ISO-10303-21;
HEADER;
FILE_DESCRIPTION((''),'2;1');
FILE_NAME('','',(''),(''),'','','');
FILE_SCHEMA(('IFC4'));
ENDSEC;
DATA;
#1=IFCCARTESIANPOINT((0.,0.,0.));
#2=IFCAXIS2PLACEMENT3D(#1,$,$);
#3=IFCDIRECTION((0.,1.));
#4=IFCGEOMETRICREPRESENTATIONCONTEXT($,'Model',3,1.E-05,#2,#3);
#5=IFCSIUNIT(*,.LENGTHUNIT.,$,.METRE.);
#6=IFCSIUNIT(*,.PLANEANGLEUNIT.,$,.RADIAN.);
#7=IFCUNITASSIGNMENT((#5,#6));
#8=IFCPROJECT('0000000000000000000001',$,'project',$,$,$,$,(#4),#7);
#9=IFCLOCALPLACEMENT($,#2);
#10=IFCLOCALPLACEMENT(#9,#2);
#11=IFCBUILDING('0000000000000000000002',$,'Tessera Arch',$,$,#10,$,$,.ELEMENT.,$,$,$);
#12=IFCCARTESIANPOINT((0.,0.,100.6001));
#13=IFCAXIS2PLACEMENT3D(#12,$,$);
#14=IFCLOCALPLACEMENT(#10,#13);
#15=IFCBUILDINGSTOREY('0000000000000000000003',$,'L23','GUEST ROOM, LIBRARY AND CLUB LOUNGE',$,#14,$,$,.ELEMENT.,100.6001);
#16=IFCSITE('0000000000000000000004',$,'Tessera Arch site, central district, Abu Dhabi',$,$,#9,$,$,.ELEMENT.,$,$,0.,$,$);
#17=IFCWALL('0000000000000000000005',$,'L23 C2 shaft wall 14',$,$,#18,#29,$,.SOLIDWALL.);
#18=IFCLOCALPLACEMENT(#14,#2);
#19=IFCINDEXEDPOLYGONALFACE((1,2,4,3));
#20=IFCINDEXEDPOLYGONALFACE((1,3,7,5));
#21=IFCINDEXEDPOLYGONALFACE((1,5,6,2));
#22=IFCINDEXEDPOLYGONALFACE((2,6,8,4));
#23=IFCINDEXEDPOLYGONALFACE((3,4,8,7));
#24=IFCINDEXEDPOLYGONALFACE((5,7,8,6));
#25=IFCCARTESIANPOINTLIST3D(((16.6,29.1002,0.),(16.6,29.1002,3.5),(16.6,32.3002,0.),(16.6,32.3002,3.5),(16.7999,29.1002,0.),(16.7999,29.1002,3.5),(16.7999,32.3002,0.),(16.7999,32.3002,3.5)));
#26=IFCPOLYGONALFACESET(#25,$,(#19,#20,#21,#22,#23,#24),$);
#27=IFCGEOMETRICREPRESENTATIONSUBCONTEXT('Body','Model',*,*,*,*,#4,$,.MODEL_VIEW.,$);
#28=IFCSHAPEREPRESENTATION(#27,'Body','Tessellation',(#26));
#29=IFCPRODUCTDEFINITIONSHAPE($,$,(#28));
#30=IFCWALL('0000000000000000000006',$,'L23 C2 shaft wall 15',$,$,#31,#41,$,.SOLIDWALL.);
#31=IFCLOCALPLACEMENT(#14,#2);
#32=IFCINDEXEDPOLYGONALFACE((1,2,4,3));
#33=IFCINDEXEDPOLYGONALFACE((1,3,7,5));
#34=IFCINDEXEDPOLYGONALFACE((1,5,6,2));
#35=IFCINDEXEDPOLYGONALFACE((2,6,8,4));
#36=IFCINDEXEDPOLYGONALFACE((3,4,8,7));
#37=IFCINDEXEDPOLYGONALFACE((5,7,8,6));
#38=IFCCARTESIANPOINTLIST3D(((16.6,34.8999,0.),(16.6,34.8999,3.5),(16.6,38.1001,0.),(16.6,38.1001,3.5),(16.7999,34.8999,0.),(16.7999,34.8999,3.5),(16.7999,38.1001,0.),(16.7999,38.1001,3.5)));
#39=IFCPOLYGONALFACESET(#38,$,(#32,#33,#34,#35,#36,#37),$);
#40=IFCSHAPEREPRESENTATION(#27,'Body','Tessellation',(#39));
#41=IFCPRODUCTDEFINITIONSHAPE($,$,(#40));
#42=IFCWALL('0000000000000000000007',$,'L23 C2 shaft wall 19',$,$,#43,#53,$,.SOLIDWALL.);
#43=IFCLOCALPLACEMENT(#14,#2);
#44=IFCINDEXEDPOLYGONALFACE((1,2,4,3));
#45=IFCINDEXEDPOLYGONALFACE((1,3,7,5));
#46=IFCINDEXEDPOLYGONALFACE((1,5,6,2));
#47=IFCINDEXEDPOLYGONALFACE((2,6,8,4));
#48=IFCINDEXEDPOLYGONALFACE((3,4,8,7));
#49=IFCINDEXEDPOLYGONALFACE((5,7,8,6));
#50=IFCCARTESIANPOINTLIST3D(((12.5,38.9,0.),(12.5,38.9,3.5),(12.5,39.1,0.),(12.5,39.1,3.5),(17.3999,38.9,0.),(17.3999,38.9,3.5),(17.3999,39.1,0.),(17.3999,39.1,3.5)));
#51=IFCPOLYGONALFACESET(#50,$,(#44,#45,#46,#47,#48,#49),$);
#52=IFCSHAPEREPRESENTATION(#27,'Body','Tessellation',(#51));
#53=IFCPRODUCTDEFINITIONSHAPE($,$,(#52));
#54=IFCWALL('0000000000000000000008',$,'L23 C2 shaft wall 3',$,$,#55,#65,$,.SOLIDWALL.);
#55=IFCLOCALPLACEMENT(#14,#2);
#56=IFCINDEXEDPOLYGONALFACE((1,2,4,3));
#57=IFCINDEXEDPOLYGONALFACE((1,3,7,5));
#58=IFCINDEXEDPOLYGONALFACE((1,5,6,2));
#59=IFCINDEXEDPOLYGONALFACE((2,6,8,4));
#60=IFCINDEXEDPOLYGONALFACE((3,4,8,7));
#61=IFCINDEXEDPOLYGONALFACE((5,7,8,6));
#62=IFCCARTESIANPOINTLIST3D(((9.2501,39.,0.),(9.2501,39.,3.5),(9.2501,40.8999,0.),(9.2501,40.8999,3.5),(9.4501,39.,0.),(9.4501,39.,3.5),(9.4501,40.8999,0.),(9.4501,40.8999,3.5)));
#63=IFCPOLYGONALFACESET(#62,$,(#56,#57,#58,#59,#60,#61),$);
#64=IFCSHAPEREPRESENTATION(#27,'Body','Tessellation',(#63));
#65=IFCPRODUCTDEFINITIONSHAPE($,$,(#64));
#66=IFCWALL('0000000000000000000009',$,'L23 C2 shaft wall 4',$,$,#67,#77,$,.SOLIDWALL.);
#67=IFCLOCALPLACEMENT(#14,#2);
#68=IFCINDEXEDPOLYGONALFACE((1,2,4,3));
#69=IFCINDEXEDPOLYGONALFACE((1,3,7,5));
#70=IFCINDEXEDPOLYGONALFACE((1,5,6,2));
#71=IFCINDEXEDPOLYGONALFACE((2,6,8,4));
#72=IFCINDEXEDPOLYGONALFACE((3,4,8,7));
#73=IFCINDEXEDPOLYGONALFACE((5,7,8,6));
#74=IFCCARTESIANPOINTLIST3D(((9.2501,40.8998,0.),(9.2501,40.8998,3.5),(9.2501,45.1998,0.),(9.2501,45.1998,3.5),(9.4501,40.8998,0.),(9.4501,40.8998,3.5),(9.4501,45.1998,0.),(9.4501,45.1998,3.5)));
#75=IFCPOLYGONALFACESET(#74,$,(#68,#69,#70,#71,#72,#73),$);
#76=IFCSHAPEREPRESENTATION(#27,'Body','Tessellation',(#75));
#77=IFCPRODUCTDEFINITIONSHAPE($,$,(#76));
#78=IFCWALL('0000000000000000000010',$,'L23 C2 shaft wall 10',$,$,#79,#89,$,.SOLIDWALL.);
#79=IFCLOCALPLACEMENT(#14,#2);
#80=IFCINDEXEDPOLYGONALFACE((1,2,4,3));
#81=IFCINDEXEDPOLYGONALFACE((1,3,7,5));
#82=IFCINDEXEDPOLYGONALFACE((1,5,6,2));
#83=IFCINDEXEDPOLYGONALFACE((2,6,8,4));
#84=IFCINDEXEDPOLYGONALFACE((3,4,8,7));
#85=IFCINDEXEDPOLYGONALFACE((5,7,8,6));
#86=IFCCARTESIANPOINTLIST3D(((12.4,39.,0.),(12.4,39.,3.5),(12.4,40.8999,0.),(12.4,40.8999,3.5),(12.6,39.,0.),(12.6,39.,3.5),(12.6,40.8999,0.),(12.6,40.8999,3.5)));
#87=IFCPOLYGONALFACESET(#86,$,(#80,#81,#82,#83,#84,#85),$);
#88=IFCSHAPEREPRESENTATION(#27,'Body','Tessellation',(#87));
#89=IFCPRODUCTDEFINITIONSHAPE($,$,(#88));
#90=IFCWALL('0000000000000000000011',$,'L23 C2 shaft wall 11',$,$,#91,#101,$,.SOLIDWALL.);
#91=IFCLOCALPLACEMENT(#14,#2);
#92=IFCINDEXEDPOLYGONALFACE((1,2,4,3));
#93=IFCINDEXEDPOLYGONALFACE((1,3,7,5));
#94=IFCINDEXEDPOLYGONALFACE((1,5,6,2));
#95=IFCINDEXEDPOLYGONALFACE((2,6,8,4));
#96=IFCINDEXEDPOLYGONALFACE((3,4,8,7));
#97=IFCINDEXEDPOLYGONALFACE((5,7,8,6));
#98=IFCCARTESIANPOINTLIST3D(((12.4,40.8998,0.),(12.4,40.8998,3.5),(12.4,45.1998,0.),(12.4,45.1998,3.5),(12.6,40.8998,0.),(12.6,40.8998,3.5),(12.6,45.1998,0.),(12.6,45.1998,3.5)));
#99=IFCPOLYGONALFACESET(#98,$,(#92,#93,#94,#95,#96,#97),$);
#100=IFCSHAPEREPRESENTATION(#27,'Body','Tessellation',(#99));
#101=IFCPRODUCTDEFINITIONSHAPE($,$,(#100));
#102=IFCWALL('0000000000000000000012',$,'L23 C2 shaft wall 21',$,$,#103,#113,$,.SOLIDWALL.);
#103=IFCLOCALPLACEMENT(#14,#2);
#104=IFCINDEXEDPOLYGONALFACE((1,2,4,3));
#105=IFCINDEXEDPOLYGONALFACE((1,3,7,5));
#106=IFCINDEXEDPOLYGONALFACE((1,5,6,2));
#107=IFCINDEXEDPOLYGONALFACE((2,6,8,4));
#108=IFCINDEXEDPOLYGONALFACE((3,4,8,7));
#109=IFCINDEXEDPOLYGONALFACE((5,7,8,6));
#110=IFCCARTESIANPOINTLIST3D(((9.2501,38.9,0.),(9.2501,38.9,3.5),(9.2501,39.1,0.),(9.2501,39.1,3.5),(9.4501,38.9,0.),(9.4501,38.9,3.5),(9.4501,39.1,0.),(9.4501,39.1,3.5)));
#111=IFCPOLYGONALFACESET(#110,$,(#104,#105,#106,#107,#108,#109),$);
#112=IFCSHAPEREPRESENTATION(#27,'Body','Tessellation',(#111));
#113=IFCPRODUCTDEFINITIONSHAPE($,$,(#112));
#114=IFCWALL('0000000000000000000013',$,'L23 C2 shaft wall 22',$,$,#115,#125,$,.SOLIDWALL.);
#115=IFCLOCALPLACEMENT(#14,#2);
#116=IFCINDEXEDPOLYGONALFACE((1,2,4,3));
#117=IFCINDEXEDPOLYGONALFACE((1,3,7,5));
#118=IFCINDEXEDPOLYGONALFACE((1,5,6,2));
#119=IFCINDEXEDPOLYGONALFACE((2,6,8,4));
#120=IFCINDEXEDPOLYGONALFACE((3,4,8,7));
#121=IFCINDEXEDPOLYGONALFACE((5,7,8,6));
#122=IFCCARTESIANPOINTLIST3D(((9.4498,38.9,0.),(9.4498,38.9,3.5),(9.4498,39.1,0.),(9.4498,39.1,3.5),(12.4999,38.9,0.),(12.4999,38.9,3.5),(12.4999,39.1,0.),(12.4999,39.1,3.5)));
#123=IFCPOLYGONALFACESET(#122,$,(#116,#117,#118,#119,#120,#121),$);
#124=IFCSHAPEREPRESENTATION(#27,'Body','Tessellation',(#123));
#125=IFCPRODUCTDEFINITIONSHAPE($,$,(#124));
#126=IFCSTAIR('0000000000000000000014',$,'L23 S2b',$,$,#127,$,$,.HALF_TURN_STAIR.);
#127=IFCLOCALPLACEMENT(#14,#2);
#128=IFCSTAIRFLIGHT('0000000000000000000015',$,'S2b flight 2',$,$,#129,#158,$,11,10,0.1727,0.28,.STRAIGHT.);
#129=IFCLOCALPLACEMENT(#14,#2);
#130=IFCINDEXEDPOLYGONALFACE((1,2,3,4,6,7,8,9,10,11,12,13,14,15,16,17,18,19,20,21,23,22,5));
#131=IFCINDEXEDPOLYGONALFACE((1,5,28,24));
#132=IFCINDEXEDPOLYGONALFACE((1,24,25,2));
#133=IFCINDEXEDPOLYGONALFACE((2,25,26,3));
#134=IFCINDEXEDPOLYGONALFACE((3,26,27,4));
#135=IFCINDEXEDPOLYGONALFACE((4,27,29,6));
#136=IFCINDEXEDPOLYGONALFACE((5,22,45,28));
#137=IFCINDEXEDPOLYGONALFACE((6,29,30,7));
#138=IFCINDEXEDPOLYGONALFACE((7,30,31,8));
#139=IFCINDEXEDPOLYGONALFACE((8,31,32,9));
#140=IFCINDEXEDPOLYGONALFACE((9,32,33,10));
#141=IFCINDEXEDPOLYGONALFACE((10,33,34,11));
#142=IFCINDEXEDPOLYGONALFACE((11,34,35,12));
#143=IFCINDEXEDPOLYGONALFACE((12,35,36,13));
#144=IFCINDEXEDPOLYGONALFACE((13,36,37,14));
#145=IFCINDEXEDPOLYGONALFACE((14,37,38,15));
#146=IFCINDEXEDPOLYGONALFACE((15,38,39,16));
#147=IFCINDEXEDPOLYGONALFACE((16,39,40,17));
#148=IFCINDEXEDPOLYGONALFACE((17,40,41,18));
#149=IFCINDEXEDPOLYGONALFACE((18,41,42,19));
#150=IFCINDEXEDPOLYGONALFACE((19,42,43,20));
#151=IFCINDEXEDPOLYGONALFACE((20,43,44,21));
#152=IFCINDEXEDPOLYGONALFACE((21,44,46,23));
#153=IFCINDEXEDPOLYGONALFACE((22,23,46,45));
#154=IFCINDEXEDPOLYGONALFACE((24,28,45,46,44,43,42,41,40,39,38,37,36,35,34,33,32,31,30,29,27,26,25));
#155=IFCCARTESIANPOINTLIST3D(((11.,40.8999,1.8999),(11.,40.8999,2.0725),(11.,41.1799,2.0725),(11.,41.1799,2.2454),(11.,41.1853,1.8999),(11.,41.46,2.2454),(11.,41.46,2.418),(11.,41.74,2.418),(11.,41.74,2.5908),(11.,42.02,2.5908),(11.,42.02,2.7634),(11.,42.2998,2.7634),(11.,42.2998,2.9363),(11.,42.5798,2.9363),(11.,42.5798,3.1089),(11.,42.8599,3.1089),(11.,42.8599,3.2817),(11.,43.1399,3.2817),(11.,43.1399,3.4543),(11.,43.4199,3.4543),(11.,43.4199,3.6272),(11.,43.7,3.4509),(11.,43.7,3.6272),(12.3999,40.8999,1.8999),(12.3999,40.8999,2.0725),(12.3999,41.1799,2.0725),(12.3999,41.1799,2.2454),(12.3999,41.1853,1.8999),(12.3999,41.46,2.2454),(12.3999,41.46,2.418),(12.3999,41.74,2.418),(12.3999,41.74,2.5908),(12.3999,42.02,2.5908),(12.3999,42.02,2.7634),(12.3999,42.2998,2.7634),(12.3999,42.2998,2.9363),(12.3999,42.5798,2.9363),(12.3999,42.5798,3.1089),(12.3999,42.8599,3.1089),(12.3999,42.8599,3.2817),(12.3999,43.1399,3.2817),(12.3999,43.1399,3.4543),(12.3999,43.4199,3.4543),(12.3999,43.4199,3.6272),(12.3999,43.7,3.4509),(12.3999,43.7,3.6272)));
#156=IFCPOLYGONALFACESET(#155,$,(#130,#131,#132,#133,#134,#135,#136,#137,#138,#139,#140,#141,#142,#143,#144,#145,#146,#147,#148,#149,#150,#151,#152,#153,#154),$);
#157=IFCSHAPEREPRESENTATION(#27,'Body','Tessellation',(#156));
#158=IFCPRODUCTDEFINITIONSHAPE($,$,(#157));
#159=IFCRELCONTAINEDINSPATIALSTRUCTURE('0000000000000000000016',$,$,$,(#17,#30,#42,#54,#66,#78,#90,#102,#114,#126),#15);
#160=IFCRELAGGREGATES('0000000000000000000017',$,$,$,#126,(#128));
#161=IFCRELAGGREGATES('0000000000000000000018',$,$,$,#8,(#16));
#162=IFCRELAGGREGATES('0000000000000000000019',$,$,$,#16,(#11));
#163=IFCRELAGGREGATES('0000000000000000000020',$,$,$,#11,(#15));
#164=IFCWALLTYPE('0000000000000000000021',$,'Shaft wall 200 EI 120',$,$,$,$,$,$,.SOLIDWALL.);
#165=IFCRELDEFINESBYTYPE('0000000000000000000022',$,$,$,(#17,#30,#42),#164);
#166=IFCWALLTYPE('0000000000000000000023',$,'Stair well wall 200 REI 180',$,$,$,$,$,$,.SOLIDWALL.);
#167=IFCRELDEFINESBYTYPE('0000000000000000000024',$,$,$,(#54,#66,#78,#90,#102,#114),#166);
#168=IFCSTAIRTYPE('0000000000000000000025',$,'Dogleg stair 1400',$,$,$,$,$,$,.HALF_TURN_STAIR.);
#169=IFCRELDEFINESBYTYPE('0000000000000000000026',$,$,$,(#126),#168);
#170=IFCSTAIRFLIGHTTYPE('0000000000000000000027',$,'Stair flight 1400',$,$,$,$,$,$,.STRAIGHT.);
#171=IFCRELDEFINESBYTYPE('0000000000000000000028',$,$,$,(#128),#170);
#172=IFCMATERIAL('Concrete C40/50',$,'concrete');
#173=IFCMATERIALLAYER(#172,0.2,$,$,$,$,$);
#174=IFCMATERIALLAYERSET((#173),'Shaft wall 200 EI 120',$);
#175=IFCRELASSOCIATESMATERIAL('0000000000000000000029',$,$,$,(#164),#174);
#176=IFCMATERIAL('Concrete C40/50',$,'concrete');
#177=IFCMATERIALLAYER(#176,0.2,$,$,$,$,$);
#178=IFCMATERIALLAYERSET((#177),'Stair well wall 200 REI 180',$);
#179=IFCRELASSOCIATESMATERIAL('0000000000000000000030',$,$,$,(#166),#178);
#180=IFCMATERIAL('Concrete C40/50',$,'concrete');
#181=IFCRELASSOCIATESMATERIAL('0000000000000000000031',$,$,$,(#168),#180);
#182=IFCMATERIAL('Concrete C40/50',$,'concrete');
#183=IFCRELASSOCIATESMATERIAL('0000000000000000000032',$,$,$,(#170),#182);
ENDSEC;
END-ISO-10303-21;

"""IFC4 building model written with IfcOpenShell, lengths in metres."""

from ifc_helpers import new_model, si_unit, direction, frame, frame_2d, origin, place, context, subcontext, project, spatial, polyline, rectangle, outline, extrude, material, layer, layer_set, type_object, element, aggregate, save


model = new_model("IFC4")

# Units and contexts
model_context = context("Model", 3, precision=1e-05, world=origin(), true_north=direction((0.0, 1.0)))
body_context = subcontext(model_context, "Body", "Model", "MODEL_VIEW")
ifc_project = project(units=[si_unit("LENGTHUNIT", "METRE"), si_unit("PLANEANGLEUNIT", "RADIAN")], contexts=[model_context])

# Site, building, storey
site_placement = place(None, origin())
site = spatial("IfcSite", under=ifc_project, at=site_placement, Name="Tessera Arch site, central district, Abu Dhabi", CompositionType="ELEMENT", RefElevation=0.0)
building_placement = place(site_placement, origin())
building = spatial("IfcBuilding", under=site, at=building_placement, Name="Tessera Arch", CompositionType="ELEMENT")
storey_placement = place(building_placement, frame((0.0, 0.0, 100.6001)))
storey = spatial("IfcBuildingStorey", under=building, at=storey_placement, Name="L23", Description="GUEST ROOM, LIBRARY AND CLUB LOUNGE", CompositionType="ELEMENT", Elevation=100.6001)

# Walls
ifc_material_1 = material(Name="Concrete C40/50", Category="concrete")
ifc_layer_1 = layer(ifc_material_1, 0.2)
ifc_layer_set_1 = layer_set([ifc_layer_1], Name="Shaft wall 200 EI 120")
wall_type_1 = type_object("IfcWallType", Name="Shaft wall 200 EI 120", PredefinedType="SOLIDWALL", material=ifc_layer_set_1)
wall_1_placement = place(storey_placement, frame((16.7, 29.1001, 0.0), z_axis=(0.0, 0.0, 1.0), x_axis=(0.0, 1.0, 0.0)))
element("IfcWall", 1, at=wall_1_placement, inside=storey, type_object=wall_type_1, Name="L23 C2 shaft wall 14", PredefinedType="SOLIDWALL", context=body_context, shape_type="SweptSolid", body=[
    extrude(rectangle(XDim=3.2, YDim=0.2, at=frame_2d((1.6001, 0.0))), origin(), (0.0, 0.0, 1.0), 3.5),
])
wall_2_placement = place(storey_placement, frame((16.7, 34.8999, 0.0), z_axis=(0.0, 0.0, 1.0), x_axis=(0.0, 1.0, 0.0)))
element("IfcWall", 2, at=wall_2_placement, inside=storey, type_object=wall_type_1, Name="L23 C2 shaft wall 15", PredefinedType="SOLIDWALL", context=body_context, shape_type="SweptSolid", body=[
    extrude(rectangle(XDim=3.2002, YDim=0.2, at=frame_2d((1.6001, 0.0))), origin(), (0.0, 0.0, 1.0), 3.5),
])
wall_3_placement = place(storey_placement, frame((12.5, 39.0, 0.0), z_axis=(0.0, 0.0, 1.0), x_axis=(1.0, 0.0, 0.0)))
element("IfcWall", 3, at=wall_3_placement, inside=storey, type_object=wall_type_1, Name="L23 C2 shaft wall 19", PredefinedType="SOLIDWALL", context=body_context, shape_type="SweptSolid", body=[
    extrude(rectangle(XDim=4.8999, YDim=0.2, at=frame_2d((2.45, 0.0))), origin(), (0.0, 0.0, 1.0), 3.5),
])
ifc_material_2 = material(Name="Concrete C40/50", Category="concrete")
ifc_layer_2 = layer(ifc_material_2, 0.2)
ifc_layer_set_2 = layer_set([ifc_layer_2], Name="Stair well wall 200 REI 180")
wall_type_2 = type_object("IfcWallType", Name="Stair well wall 200 REI 180", PredefinedType="SOLIDWALL", material=ifc_layer_set_2)
wall_4_placement = place(storey_placement, frame((9.3501, 39.0, 0.0), z_axis=(0.0, 0.0, 1.0), x_axis=(0.0, 1.0, 0.0)))
element("IfcWall", 4, at=wall_4_placement, inside=storey, type_object=wall_type_2, Name="L23 C2 shaft wall 3", PredefinedType="SOLIDWALL", context=body_context, shape_type="SweptSolid", body=[
    extrude(rectangle(XDim=1.8999, YDim=0.2, at=frame_2d((0.95, 0.0))), origin(), (0.0, 0.0, 1.0), 3.5),
])
wall_5_placement = place(storey_placement, frame((9.3501, 40.8999, 0.0), z_axis=(0.0, 0.0, 1.0), x_axis=(0.0, 1.0, 0.0)))
element("IfcWall", 5, at=wall_5_placement, inside=storey, type_object=wall_type_2, Name="L23 C2 shaft wall 4", PredefinedType="SOLIDWALL", context=body_context, shape_type="SweptSolid", body=[
    extrude(rectangle(XDim=4.3, YDim=0.2, at=frame_2d((2.1499, 0.0))), origin(), (0.0, 0.0, 1.0), 3.5),
])
wall_6_placement = place(storey_placement, frame((12.5, 39.0, 0.0), z_axis=(0.0, 0.0, 1.0), x_axis=(0.0, 1.0, 0.0)))
element("IfcWall", 6, at=wall_6_placement, inside=storey, type_object=wall_type_2, Name="L23 C2 shaft wall 10", PredefinedType="SOLIDWALL", context=body_context, shape_type="SweptSolid", body=[
    extrude(rectangle(XDim=1.8999, YDim=0.2, at=frame_2d((0.95, 0.0))), origin(), (0.0, 0.0, 1.0), 3.5),
])
wall_7_placement = place(storey_placement, frame((12.5, 40.8999, 0.0), z_axis=(0.0, 0.0, 1.0), x_axis=(0.0, 1.0, 0.0)))
element("IfcWall", 7, at=wall_7_placement, inside=storey, type_object=wall_type_2, Name="L23 C2 shaft wall 11", PredefinedType="SOLIDWALL", context=body_context, shape_type="SweptSolid", body=[
    extrude(rectangle(XDim=4.3, YDim=0.2, at=frame_2d((2.1499, 0.0))), origin(), (0.0, 0.0, 1.0), 3.5),
])
wall_8_placement = place(storey_placement, frame((9.25, 39.0, 0.0), z_axis=(0.0, 0.0, 1.0), x_axis=(1.0, 0.0, 0.0)))
element("IfcWall", 8, at=wall_8_placement, inside=storey, type_object=wall_type_2, Name="L23 C2 shaft wall 21", PredefinedType="SOLIDWALL", context=body_context, shape_type="SweptSolid", body=[
    extrude(rectangle(XDim=0.2, YDim=0.2, at=frame_2d((0.1001, 0.0))), origin(), (0.0, 0.0, 1.0), 3.5),
])
wall_9_placement = place(storey_placement, frame((9.45, 39.0, 0.0), z_axis=(0.0, 0.0, 1.0), x_axis=(1.0, 0.0, 0.0)))
element("IfcWall", 9, at=wall_9_placement, inside=storey, type_object=wall_type_2, Name="L23 C2 shaft wall 22", PredefinedType="SOLIDWALL", context=body_context, shape_type="SweptSolid", body=[
    extrude(rectangle(XDim=3.05, YDim=0.2, at=frame_2d((1.5249, 0.0))), origin(), (0.0, 0.0, 1.0), 3.5),
])

# Stair, stair flight
ifc_material_3 = material(Name="Concrete C40/50", Category="concrete")
stair_type = type_object("IfcStairType", Name="Dogleg stair 1400", PredefinedType="HALF_TURN_STAIR", material=ifc_material_3)
stair_placement = place(storey_placement, origin())
stair = element("IfcStair", 10, at=stair_placement, inside=storey, type_object=stair_type, Name="L23 S2b", PredefinedType="HALF_TURN_STAIR")
ifc_material_4 = material(Name="Concrete C40/50", Category="concrete")
stair_flight_type = type_object("IfcStairFlightType", Name="Stair flight 1400", PredefinedType="STRAIGHT", material=ifc_material_4)
stair_flight_placement = place(storey_placement, frame((11.7, 40.8999, 1.8999), z_axis=(0.0, 0.0, 1.0), x_axis=(0.0, 1.0, 0.0)))
stair_flight = element("IfcStairFlight", 11, at=stair_flight_placement, type_object=stair_flight_type, Name="S2b flight 2", NumberOfRisers=11, NumberOfTreads=10, PredefinedType="STRAIGHT", RiserHeight=0.1727, TreadLength=0.28, context=body_context, shape_type="SweptSolid", body=[
    extrude(outline(polyline([(0.0, 0.0), (0.0, 0.1726), (0.28, 0.1726), (0.28, 0.3455), (0.5601, 0.3455), (0.5601, 0.5181), (0.8401, 0.5181), (0.8401, 0.6909), (1.1201, 0.6909), (1.1201, 0.8635), (1.3999, 0.8635), (1.3999, 1.0364), (1.6799, 1.0364), (1.6799, 1.209), (1.96, 1.209), (1.96, 1.3818), (2.24, 1.3818), (2.24, 1.5544), (2.52, 1.5544), (2.52, 1.7273), (2.8, 1.7273), (2.8, 1.8999), (2.8, 1.551), (0.2854, 0.0), (0.0, 0.0)])), frame((0.0, 0.7, 0.0), z_axis=(0.0, -1.0, 0.0), x_axis=(1.0, 0.0, 0.0)), (0.0, 0.0, 1.0), 1.3999),
])
aggregate(stair, [stair_flight])

save(model, "model.ifc")
